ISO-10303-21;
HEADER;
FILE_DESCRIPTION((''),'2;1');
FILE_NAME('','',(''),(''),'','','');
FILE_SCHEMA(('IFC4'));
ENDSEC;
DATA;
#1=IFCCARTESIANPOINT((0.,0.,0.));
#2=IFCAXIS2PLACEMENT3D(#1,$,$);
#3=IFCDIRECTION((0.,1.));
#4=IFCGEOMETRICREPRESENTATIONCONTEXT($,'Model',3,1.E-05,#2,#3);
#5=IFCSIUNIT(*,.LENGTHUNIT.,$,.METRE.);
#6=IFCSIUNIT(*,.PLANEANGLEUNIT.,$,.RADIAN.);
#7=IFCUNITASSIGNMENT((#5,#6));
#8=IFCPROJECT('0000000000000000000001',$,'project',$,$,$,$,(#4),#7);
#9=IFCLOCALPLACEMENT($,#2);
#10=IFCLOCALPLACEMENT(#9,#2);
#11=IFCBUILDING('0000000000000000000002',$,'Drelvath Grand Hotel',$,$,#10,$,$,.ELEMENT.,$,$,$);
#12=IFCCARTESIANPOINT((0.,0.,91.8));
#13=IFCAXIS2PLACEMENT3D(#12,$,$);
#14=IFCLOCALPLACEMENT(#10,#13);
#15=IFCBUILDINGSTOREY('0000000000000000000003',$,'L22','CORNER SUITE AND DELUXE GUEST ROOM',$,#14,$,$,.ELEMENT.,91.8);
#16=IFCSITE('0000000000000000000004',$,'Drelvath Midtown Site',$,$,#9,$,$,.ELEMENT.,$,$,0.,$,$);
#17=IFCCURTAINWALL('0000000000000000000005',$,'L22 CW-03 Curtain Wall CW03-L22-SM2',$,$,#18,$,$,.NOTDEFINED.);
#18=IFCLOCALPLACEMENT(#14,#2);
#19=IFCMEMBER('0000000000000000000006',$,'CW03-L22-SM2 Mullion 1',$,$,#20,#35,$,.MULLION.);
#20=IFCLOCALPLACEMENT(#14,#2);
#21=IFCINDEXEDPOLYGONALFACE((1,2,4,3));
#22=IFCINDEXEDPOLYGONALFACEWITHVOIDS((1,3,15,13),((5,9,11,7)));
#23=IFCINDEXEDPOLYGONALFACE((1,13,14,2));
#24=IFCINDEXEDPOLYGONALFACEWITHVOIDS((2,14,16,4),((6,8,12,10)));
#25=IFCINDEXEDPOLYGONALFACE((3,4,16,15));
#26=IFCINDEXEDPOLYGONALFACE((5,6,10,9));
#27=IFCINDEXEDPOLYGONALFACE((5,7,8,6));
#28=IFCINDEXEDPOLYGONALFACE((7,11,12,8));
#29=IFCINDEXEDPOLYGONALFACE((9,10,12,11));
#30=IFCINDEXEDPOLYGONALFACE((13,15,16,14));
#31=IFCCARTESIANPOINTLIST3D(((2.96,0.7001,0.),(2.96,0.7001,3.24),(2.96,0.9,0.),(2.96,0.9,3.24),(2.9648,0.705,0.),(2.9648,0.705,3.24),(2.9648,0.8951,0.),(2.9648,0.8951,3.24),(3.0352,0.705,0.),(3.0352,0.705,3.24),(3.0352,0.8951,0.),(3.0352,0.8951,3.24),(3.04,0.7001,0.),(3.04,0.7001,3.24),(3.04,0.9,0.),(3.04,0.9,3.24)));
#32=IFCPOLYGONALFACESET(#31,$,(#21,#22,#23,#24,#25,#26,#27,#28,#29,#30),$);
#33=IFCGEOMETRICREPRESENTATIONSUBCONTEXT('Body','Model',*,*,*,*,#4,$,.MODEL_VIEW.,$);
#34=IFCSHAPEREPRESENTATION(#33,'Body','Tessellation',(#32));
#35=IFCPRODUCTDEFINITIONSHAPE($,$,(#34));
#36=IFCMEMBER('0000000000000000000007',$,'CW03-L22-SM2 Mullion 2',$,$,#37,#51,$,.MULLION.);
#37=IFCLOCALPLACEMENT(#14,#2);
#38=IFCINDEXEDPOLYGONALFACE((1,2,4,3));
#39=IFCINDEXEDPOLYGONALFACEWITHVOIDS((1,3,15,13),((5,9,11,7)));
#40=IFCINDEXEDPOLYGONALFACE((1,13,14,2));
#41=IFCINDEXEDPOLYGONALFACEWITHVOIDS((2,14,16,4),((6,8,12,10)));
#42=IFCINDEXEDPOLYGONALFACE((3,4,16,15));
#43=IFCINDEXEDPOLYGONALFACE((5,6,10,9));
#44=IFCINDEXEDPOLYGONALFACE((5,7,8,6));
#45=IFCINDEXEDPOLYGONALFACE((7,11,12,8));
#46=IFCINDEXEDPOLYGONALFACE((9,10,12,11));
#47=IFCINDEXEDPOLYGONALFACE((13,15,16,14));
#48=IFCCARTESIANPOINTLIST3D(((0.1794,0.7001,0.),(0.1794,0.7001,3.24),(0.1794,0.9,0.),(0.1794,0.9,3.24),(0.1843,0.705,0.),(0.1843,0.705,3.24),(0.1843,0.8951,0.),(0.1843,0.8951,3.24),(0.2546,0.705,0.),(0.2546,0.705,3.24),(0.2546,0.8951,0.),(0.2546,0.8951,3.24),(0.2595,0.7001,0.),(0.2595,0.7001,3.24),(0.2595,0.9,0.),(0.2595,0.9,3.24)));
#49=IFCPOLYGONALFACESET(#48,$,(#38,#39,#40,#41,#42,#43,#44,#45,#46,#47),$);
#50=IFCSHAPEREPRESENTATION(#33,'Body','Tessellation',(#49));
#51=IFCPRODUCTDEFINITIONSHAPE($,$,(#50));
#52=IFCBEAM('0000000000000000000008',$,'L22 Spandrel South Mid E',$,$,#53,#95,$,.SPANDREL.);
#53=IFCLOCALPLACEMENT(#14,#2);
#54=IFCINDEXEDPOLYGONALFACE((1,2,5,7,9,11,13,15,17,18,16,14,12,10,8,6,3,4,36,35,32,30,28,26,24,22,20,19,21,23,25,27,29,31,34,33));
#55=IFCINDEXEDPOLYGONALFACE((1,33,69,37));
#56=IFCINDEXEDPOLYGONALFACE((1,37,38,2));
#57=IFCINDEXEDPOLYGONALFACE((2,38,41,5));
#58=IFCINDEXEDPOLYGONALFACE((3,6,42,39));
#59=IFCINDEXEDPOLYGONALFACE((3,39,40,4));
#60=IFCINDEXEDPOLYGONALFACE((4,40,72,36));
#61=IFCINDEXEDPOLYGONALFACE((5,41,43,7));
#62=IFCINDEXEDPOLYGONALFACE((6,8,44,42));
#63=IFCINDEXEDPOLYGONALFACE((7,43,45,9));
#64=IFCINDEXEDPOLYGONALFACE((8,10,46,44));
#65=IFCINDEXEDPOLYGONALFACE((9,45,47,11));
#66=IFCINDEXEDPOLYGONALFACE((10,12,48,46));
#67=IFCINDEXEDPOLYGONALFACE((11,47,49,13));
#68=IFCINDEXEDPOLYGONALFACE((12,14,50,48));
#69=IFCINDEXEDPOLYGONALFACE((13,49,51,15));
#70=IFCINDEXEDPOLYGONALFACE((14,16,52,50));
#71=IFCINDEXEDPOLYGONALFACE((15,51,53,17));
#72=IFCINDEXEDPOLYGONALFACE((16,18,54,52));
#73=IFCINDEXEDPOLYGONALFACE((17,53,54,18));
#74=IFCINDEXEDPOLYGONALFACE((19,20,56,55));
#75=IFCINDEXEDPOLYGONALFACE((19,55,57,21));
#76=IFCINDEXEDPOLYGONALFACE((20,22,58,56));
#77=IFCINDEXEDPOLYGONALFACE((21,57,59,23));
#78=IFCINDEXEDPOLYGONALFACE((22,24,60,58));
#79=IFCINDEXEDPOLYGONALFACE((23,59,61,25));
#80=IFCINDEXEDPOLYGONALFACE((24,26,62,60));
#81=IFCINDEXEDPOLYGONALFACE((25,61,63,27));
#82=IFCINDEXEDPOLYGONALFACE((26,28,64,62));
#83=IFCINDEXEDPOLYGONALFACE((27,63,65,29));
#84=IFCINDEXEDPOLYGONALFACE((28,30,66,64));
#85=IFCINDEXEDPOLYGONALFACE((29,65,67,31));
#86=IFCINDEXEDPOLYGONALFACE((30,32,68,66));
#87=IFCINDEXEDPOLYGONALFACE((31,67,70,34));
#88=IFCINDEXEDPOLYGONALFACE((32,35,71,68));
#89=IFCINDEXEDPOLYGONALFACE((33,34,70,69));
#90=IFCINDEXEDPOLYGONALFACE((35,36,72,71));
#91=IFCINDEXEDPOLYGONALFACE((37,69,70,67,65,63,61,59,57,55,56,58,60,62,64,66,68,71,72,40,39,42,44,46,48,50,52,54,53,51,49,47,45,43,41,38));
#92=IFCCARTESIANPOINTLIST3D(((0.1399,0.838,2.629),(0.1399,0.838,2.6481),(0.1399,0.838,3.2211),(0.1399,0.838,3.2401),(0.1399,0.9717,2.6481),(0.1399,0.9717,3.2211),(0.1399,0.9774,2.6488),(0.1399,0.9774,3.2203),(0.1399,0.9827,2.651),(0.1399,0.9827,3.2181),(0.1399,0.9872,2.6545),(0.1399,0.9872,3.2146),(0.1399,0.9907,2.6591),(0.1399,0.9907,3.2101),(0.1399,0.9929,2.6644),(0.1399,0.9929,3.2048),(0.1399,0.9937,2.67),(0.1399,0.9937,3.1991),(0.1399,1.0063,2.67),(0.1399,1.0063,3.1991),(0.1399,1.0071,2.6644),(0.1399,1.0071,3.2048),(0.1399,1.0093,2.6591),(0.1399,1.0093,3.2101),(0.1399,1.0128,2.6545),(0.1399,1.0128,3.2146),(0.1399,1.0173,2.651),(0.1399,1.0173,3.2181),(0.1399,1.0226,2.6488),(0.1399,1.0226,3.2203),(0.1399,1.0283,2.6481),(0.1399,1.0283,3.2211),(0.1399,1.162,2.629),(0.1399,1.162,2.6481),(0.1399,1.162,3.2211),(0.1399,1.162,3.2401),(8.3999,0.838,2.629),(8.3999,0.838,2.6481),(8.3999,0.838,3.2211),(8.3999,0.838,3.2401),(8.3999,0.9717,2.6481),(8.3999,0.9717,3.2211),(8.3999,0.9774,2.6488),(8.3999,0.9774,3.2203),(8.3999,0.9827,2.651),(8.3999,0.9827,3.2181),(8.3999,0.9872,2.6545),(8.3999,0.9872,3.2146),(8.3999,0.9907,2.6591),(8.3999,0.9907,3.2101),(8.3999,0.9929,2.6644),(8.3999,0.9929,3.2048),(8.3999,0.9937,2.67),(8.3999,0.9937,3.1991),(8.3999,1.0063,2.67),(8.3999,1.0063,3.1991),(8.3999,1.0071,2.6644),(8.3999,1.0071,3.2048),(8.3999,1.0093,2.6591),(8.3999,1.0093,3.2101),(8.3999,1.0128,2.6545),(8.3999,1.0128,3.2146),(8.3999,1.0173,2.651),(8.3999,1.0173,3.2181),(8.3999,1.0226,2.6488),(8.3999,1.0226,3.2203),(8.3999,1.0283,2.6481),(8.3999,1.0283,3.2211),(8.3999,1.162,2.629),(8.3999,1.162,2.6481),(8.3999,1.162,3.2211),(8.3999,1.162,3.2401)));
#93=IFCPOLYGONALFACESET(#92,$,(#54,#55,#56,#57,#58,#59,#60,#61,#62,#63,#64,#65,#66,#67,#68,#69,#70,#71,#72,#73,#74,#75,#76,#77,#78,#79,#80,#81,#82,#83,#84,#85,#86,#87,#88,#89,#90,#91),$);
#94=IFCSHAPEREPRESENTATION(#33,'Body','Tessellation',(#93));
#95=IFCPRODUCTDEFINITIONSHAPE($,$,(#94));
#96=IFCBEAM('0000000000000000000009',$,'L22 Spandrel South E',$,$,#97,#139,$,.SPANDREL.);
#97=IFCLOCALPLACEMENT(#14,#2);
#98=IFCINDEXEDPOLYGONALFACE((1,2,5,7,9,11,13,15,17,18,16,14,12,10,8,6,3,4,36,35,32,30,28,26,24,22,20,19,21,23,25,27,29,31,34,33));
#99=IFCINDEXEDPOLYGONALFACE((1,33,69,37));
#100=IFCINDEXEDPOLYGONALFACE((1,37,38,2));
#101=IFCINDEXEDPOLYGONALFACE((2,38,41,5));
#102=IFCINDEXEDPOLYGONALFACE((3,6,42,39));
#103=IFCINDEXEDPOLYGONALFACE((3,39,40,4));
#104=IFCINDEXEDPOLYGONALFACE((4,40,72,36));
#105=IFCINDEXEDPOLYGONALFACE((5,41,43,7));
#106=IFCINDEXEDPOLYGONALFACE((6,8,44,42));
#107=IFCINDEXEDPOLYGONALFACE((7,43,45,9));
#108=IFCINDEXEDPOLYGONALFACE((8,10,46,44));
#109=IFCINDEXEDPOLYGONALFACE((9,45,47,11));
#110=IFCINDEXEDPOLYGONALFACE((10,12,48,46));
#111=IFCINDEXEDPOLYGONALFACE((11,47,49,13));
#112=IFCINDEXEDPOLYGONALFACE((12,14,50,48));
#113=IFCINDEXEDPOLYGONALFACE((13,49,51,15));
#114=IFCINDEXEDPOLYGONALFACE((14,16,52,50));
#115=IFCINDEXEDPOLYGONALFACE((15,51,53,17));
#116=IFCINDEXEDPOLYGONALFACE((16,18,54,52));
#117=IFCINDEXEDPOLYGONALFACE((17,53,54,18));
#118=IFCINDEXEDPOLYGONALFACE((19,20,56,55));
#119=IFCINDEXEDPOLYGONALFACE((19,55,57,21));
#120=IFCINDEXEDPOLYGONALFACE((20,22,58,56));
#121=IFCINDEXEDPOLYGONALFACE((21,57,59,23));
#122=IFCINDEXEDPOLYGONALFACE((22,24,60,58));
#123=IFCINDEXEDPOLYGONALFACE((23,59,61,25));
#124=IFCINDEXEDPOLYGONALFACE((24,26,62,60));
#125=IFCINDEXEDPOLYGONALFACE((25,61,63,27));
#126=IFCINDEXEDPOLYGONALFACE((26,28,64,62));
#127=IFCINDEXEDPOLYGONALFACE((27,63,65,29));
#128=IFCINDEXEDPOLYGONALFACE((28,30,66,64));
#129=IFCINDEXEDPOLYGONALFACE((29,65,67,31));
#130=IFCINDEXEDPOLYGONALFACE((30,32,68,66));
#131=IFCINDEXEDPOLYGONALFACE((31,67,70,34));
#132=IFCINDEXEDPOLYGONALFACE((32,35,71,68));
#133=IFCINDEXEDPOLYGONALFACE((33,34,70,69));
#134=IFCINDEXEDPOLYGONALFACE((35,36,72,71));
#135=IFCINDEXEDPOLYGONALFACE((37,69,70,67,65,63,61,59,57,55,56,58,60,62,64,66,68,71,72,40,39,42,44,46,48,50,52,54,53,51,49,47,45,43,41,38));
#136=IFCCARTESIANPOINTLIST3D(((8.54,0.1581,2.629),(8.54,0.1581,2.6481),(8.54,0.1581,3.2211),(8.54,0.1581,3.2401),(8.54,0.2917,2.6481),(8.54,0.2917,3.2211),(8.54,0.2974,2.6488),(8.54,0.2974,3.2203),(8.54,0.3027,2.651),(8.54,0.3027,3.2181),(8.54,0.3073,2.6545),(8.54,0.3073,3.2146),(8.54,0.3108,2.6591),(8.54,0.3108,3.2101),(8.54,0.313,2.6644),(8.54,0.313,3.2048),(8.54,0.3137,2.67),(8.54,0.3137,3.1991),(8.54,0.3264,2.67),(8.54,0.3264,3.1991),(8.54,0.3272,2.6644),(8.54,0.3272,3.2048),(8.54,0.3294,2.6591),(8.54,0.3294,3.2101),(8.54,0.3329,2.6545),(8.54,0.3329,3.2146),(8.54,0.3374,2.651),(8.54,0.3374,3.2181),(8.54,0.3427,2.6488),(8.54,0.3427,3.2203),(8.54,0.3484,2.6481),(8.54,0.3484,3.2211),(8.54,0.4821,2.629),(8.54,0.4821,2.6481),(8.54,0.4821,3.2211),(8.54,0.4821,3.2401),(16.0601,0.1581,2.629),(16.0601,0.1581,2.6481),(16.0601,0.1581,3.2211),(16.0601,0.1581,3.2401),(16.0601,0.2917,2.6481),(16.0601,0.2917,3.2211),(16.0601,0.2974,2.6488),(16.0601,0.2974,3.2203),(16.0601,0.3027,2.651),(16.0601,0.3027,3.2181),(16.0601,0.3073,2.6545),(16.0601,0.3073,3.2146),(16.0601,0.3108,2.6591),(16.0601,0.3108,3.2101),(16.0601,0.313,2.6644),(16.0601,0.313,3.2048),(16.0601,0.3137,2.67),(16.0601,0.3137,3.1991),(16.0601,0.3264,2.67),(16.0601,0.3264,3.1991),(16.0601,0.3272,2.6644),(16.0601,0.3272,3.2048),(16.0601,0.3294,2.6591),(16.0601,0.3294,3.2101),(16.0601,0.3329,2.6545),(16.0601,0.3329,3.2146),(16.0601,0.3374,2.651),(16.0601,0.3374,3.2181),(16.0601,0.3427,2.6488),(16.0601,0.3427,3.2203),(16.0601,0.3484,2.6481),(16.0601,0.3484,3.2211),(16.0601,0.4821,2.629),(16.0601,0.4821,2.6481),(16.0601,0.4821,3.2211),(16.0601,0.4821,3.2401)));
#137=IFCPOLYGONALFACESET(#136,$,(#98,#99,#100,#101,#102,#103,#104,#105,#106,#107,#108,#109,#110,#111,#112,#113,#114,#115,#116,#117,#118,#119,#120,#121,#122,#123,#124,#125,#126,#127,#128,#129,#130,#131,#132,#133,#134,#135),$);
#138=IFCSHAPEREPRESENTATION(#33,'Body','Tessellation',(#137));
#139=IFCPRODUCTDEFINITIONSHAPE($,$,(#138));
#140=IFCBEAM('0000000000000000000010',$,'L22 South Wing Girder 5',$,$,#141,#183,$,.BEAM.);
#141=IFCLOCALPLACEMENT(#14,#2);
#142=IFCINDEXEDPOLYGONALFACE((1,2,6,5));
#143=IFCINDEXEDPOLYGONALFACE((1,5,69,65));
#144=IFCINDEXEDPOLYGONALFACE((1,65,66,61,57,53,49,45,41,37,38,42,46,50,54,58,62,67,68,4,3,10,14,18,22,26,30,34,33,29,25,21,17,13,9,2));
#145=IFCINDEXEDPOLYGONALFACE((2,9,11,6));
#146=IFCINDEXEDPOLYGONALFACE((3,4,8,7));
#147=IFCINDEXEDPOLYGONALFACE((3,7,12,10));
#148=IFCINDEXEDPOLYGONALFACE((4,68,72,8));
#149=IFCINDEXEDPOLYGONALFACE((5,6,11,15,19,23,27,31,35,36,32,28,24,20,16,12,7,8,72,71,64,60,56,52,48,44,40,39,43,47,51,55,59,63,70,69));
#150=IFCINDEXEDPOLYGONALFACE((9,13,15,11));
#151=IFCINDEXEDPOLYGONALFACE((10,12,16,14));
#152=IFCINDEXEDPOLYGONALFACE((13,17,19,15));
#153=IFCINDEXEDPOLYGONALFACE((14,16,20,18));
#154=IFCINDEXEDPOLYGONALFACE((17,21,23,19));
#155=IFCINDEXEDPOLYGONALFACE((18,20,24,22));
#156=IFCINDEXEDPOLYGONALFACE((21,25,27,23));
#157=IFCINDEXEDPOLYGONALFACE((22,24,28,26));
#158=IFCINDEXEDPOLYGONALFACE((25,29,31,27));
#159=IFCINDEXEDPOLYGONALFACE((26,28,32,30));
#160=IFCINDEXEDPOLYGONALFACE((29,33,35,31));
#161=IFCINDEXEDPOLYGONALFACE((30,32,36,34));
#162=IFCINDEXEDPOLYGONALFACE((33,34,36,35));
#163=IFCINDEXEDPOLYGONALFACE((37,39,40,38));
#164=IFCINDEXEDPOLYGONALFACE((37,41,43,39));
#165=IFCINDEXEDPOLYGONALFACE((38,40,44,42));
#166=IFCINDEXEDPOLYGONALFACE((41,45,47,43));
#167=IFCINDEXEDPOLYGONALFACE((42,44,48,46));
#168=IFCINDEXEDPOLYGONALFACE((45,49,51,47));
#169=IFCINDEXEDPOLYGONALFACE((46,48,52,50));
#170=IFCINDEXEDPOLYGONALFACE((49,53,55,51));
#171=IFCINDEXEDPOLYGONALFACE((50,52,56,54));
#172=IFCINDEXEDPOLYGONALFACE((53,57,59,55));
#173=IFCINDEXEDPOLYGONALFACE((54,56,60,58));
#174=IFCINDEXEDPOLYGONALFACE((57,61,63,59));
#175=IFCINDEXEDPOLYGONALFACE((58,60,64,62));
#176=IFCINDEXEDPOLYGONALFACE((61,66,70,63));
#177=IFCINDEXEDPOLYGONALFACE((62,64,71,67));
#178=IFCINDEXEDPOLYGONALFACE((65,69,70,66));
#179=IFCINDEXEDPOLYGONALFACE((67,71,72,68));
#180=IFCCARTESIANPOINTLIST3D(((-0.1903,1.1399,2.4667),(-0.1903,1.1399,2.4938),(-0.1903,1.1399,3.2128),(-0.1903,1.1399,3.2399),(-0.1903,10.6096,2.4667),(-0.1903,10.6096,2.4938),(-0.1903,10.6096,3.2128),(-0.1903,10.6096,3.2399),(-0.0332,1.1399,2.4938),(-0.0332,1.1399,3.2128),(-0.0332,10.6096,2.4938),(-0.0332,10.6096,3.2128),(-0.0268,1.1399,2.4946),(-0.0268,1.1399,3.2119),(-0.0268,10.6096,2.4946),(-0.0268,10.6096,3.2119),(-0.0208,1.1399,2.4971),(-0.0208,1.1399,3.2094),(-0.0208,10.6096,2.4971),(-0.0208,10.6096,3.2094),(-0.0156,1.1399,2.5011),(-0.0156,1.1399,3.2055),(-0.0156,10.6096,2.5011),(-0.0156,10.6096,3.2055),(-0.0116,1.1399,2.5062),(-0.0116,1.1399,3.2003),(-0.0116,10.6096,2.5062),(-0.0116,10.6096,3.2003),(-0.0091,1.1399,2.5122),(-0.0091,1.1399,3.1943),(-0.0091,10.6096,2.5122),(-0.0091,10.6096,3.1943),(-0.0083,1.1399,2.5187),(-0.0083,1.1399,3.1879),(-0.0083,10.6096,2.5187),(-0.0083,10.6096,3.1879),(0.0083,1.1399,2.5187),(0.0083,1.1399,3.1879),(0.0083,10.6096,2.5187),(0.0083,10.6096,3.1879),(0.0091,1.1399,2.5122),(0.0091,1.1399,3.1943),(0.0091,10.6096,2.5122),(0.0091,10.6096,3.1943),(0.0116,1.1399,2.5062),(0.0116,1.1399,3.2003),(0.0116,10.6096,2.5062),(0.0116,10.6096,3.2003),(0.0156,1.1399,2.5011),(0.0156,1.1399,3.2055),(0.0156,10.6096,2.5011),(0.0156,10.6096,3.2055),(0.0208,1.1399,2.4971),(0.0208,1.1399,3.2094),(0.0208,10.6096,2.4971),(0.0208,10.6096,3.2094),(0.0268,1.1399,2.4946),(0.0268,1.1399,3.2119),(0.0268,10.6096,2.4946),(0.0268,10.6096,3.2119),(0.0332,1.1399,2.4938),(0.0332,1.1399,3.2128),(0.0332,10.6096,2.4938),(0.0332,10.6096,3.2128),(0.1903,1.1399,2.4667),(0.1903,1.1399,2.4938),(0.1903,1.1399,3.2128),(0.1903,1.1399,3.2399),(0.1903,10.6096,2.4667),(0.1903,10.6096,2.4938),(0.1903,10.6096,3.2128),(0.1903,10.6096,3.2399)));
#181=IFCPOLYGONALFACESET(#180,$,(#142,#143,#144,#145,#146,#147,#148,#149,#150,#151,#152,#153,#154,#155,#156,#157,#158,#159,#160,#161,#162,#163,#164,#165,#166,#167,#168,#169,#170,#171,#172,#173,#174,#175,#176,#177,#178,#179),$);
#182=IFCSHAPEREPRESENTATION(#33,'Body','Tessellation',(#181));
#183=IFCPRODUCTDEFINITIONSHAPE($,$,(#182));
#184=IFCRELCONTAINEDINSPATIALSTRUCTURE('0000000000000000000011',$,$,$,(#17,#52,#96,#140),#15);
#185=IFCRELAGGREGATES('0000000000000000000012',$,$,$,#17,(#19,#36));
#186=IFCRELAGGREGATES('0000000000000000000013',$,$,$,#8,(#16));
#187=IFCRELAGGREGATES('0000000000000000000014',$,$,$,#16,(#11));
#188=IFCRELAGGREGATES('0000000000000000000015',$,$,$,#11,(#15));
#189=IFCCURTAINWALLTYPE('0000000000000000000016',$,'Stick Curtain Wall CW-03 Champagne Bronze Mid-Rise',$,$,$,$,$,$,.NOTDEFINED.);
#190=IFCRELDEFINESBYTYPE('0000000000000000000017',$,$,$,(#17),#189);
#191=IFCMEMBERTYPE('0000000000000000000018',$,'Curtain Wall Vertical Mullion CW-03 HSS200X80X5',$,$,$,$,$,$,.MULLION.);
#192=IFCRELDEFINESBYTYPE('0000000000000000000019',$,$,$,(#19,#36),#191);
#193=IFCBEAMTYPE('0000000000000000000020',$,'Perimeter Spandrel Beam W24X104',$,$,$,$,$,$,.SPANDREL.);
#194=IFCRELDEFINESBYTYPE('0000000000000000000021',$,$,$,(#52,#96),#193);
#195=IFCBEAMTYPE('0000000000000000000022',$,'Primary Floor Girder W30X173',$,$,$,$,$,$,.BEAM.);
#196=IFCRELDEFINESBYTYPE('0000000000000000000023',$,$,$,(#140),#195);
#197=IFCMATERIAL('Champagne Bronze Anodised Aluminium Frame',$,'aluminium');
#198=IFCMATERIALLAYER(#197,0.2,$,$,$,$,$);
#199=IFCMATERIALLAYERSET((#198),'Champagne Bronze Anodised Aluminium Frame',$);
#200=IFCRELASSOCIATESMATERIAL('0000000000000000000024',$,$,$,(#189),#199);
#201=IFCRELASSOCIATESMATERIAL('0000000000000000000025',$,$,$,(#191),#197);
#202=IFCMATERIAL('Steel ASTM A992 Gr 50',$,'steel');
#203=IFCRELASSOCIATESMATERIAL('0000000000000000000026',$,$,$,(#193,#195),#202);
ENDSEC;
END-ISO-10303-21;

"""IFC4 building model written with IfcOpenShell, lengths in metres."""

from ifc_helpers import new_model, si_unit, direction, frame, origin, origin_2d, place, context, subcontext, project, spatial, hollow_rectangle, i_section, extrude, material, layer, layer_set, material_profile, profile_set, type_object, element, aggregate, save


model = new_model("IFC4")

# Units and contexts
model_context = context("Model", 3, precision=1e-05, world=origin(), true_north=direction((0.0, 1.0)))
body_context = subcontext(model_context, "Body", "Model", "MODEL_VIEW")
ifc_project = project(units=[si_unit("LENGTHUNIT", "METRE"), si_unit("PLANEANGLEUNIT", "RADIAN")], contexts=[model_context])

# Site, building, storey
site_placement = place(None, origin())
site = spatial("IfcSite", under=ifc_project, at=site_placement, Name="Drelvath Midtown Site", CompositionType="ELEMENT", RefElevation=0.0)
building_placement = place(site_placement, origin())
building = spatial("IfcBuilding", under=site, at=building_placement, Name="Drelvath Grand Hotel", CompositionType="ELEMENT")
storey_placement = place(building_placement, frame((0.0, 0.0, 91.8)))
storey = spatial("IfcBuildingStorey", under=building, at=storey_placement, Name="L22", Description="CORNER SUITE AND DELUXE GUEST ROOM", CompositionType="ELEMENT", Elevation=91.8)

# Curtain wall
ifc_material_1 = material(Name="Champagne Bronze Anodised Aluminium Frame", Category="aluminium")
ifc_layer_1 = layer(ifc_material_1, 0.2)
ifc_layer_set_1 = layer_set([ifc_layer_1], Name="Champagne Bronze Anodised Aluminium Frame")
curtain_wall_type = type_object("IfcCurtainWallType", Name="Stick Curtain Wall CW-03 Champagne Bronze Mid-Rise", PredefinedType="NOTDEFINED", material=ifc_layer_set_1)
curtain_wall_1_placement = place(storey_placement, origin())
curtain_wall_1 = element("IfcCurtainWall", 1, at=curtain_wall_1_placement, inside=storey, type_object=curtain_wall_type, Name="L22 CW-03 Curtain Wall CW03-L22-SM2", PredefinedType="NOTDEFINED")

# Shared definitions
ifc_material_profile_1 = material_profile(ifc_material_1, hollow_rectangle(XDim=0.0801, YDim=0.2, WallThickness=0.0049, at=origin_2d()), Name="HSS200X80X5")
ifc_profile_set_1 = profile_set([ifc_material_profile_1], Name="Champagne Bronze Anodised Aluminium Frame")
member_type_1 = type_object("IfcMemberType", Name="Curtain Wall Vertical Mullion CW-03 HSS200X80X5", PredefinedType="MULLION", material=ifc_profile_set_1)

# Members
member_1_placement = place(storey_placement, frame((3.0, 0.8, 0.0), z_axis=(0.0, 0.0, 1.0), x_axis=(1.0, 0.0, 0.0)))
member_1 = element("IfcMember", 2, at=member_1_placement, type_object=member_type_1, Name="CW03-L22-SM2 Mullion 1", PredefinedType="MULLION", context=body_context, shape_type="SweptSolid", body=[
    extrude(hollow_rectangle(XDim=0.0801, YDim=0.2, WallThickness=0.0049, at=origin_2d()), origin(), (0.0, 0.0, 1.0), 3.24),
])
member_2_placement = place(storey_placement, frame((0.2195, 0.8, 0.0), z_axis=(0.0, 0.0, 1.0), x_axis=(1.0, 0.0, 0.0)))
member_2 = element("IfcMember", 3, at=member_2_placement, type_object=member_type_1, Name="CW03-L22-SM2 Mullion 2", PredefinedType="MULLION", context=body_context, shape_type="SweptSolid", body=[
    extrude(hollow_rectangle(XDim=0.0801, YDim=0.2, WallThickness=0.0049, at=origin_2d()), origin(), (0.0, 0.0, 1.0), 3.24),
])

# Beams
ifc_material_2 = material(Name="Steel ASTM A992 Gr 50", Category="steel")
ifc_material_profile_2 = material_profile(ifc_material_2, i_section(OverallWidth=0.324, OverallDepth=0.6111, WebThickness=0.0127, FlangeThickness=0.019, FilletRadius=0.022, at=origin_2d()), Name="W24X104")
ifc_profile_set_2 = profile_set([ifc_material_profile_2], Name="Steel ASTM A992 Gr 50")
beam_type_1 = type_object("IfcBeamType", Name="Perimeter Spandrel Beam W24X104", PredefinedType="SPANDREL", material=ifc_profile_set_2)
beam_1_placement = place(storey_placement, frame((0.1399, 1.0, 2.9346), z_axis=(1.0, 0.0, 0.0), x_axis=(0.0, 1.0, 0.0)))
element("IfcBeam", 4, at=beam_1_placement, inside=storey, type_object=beam_type_1, Name="L22 Spandrel South Mid E", PredefinedType="SPANDREL", context=body_context, shape_type="SweptSolid", body=[
    extrude(i_section(OverallWidth=0.324, OverallDepth=0.6111, WebThickness=0.0127, FlangeThickness=0.019, FilletRadius=0.022, at=origin_2d()), origin(), (0.0, 0.0, 1.0), 8.26),
])
beam_2_placement = place(storey_placement, frame((8.54, 0.3201, 2.9346), z_axis=(1.0, 0.0, 0.0), x_axis=(0.0, 1.0, 0.0)))
element("IfcBeam", 5, at=beam_2_placement, inside=storey, type_object=beam_type_1, Name="L22 Spandrel South E", PredefinedType="SPANDREL", context=body_context, shape_type="SweptSolid", body=[
    extrude(i_section(OverallWidth=0.324, OverallDepth=0.6111, WebThickness=0.0127, FlangeThickness=0.019, FilletRadius=0.022, at=origin_2d()), origin(), (0.0, 0.0, 1.0), 7.52),
])
ifc_material_profile_3 = material_profile(ifc_material_2, i_section(OverallWidth=0.3806, OverallDepth=0.7732, WebThickness=0.0166, FlangeThickness=0.0271, FilletRadius=0.0249, at=origin_2d()), Name="W30X173")
ifc_profile_set_3 = profile_set([ifc_material_profile_3], Name="Steel ASTM A992 Gr 50")
beam_type_2 = type_object("IfcBeamType", Name="Primary Floor Girder W30X173", PredefinedType="BEAM", material=ifc_profile_set_3)
beam_3_placement = place(storey_placement, frame((0.0, 1.1399, 2.8533), z_axis=(0.0, 1.0, 0.0), x_axis=(-1.0, 0.0, 0.0)))
element("IfcBeam", 6, at=beam_3_placement, inside=storey, type_object=beam_type_2, Name="L22 South Wing Girder 5", PredefinedType="BEAM", context=body_context, shape_type="SweptSolid", body=[
    extrude(i_section(OverallWidth=0.3806, OverallDepth=0.7732, WebThickness=0.0166, FlangeThickness=0.0271, FilletRadius=0.0249, at=origin_2d()), origin(), (0.0, 0.0, 1.0), 9.4697),
])

aggregate(curtain_wall_1, [member_1, member_2])

save(model, "model.ifc")
